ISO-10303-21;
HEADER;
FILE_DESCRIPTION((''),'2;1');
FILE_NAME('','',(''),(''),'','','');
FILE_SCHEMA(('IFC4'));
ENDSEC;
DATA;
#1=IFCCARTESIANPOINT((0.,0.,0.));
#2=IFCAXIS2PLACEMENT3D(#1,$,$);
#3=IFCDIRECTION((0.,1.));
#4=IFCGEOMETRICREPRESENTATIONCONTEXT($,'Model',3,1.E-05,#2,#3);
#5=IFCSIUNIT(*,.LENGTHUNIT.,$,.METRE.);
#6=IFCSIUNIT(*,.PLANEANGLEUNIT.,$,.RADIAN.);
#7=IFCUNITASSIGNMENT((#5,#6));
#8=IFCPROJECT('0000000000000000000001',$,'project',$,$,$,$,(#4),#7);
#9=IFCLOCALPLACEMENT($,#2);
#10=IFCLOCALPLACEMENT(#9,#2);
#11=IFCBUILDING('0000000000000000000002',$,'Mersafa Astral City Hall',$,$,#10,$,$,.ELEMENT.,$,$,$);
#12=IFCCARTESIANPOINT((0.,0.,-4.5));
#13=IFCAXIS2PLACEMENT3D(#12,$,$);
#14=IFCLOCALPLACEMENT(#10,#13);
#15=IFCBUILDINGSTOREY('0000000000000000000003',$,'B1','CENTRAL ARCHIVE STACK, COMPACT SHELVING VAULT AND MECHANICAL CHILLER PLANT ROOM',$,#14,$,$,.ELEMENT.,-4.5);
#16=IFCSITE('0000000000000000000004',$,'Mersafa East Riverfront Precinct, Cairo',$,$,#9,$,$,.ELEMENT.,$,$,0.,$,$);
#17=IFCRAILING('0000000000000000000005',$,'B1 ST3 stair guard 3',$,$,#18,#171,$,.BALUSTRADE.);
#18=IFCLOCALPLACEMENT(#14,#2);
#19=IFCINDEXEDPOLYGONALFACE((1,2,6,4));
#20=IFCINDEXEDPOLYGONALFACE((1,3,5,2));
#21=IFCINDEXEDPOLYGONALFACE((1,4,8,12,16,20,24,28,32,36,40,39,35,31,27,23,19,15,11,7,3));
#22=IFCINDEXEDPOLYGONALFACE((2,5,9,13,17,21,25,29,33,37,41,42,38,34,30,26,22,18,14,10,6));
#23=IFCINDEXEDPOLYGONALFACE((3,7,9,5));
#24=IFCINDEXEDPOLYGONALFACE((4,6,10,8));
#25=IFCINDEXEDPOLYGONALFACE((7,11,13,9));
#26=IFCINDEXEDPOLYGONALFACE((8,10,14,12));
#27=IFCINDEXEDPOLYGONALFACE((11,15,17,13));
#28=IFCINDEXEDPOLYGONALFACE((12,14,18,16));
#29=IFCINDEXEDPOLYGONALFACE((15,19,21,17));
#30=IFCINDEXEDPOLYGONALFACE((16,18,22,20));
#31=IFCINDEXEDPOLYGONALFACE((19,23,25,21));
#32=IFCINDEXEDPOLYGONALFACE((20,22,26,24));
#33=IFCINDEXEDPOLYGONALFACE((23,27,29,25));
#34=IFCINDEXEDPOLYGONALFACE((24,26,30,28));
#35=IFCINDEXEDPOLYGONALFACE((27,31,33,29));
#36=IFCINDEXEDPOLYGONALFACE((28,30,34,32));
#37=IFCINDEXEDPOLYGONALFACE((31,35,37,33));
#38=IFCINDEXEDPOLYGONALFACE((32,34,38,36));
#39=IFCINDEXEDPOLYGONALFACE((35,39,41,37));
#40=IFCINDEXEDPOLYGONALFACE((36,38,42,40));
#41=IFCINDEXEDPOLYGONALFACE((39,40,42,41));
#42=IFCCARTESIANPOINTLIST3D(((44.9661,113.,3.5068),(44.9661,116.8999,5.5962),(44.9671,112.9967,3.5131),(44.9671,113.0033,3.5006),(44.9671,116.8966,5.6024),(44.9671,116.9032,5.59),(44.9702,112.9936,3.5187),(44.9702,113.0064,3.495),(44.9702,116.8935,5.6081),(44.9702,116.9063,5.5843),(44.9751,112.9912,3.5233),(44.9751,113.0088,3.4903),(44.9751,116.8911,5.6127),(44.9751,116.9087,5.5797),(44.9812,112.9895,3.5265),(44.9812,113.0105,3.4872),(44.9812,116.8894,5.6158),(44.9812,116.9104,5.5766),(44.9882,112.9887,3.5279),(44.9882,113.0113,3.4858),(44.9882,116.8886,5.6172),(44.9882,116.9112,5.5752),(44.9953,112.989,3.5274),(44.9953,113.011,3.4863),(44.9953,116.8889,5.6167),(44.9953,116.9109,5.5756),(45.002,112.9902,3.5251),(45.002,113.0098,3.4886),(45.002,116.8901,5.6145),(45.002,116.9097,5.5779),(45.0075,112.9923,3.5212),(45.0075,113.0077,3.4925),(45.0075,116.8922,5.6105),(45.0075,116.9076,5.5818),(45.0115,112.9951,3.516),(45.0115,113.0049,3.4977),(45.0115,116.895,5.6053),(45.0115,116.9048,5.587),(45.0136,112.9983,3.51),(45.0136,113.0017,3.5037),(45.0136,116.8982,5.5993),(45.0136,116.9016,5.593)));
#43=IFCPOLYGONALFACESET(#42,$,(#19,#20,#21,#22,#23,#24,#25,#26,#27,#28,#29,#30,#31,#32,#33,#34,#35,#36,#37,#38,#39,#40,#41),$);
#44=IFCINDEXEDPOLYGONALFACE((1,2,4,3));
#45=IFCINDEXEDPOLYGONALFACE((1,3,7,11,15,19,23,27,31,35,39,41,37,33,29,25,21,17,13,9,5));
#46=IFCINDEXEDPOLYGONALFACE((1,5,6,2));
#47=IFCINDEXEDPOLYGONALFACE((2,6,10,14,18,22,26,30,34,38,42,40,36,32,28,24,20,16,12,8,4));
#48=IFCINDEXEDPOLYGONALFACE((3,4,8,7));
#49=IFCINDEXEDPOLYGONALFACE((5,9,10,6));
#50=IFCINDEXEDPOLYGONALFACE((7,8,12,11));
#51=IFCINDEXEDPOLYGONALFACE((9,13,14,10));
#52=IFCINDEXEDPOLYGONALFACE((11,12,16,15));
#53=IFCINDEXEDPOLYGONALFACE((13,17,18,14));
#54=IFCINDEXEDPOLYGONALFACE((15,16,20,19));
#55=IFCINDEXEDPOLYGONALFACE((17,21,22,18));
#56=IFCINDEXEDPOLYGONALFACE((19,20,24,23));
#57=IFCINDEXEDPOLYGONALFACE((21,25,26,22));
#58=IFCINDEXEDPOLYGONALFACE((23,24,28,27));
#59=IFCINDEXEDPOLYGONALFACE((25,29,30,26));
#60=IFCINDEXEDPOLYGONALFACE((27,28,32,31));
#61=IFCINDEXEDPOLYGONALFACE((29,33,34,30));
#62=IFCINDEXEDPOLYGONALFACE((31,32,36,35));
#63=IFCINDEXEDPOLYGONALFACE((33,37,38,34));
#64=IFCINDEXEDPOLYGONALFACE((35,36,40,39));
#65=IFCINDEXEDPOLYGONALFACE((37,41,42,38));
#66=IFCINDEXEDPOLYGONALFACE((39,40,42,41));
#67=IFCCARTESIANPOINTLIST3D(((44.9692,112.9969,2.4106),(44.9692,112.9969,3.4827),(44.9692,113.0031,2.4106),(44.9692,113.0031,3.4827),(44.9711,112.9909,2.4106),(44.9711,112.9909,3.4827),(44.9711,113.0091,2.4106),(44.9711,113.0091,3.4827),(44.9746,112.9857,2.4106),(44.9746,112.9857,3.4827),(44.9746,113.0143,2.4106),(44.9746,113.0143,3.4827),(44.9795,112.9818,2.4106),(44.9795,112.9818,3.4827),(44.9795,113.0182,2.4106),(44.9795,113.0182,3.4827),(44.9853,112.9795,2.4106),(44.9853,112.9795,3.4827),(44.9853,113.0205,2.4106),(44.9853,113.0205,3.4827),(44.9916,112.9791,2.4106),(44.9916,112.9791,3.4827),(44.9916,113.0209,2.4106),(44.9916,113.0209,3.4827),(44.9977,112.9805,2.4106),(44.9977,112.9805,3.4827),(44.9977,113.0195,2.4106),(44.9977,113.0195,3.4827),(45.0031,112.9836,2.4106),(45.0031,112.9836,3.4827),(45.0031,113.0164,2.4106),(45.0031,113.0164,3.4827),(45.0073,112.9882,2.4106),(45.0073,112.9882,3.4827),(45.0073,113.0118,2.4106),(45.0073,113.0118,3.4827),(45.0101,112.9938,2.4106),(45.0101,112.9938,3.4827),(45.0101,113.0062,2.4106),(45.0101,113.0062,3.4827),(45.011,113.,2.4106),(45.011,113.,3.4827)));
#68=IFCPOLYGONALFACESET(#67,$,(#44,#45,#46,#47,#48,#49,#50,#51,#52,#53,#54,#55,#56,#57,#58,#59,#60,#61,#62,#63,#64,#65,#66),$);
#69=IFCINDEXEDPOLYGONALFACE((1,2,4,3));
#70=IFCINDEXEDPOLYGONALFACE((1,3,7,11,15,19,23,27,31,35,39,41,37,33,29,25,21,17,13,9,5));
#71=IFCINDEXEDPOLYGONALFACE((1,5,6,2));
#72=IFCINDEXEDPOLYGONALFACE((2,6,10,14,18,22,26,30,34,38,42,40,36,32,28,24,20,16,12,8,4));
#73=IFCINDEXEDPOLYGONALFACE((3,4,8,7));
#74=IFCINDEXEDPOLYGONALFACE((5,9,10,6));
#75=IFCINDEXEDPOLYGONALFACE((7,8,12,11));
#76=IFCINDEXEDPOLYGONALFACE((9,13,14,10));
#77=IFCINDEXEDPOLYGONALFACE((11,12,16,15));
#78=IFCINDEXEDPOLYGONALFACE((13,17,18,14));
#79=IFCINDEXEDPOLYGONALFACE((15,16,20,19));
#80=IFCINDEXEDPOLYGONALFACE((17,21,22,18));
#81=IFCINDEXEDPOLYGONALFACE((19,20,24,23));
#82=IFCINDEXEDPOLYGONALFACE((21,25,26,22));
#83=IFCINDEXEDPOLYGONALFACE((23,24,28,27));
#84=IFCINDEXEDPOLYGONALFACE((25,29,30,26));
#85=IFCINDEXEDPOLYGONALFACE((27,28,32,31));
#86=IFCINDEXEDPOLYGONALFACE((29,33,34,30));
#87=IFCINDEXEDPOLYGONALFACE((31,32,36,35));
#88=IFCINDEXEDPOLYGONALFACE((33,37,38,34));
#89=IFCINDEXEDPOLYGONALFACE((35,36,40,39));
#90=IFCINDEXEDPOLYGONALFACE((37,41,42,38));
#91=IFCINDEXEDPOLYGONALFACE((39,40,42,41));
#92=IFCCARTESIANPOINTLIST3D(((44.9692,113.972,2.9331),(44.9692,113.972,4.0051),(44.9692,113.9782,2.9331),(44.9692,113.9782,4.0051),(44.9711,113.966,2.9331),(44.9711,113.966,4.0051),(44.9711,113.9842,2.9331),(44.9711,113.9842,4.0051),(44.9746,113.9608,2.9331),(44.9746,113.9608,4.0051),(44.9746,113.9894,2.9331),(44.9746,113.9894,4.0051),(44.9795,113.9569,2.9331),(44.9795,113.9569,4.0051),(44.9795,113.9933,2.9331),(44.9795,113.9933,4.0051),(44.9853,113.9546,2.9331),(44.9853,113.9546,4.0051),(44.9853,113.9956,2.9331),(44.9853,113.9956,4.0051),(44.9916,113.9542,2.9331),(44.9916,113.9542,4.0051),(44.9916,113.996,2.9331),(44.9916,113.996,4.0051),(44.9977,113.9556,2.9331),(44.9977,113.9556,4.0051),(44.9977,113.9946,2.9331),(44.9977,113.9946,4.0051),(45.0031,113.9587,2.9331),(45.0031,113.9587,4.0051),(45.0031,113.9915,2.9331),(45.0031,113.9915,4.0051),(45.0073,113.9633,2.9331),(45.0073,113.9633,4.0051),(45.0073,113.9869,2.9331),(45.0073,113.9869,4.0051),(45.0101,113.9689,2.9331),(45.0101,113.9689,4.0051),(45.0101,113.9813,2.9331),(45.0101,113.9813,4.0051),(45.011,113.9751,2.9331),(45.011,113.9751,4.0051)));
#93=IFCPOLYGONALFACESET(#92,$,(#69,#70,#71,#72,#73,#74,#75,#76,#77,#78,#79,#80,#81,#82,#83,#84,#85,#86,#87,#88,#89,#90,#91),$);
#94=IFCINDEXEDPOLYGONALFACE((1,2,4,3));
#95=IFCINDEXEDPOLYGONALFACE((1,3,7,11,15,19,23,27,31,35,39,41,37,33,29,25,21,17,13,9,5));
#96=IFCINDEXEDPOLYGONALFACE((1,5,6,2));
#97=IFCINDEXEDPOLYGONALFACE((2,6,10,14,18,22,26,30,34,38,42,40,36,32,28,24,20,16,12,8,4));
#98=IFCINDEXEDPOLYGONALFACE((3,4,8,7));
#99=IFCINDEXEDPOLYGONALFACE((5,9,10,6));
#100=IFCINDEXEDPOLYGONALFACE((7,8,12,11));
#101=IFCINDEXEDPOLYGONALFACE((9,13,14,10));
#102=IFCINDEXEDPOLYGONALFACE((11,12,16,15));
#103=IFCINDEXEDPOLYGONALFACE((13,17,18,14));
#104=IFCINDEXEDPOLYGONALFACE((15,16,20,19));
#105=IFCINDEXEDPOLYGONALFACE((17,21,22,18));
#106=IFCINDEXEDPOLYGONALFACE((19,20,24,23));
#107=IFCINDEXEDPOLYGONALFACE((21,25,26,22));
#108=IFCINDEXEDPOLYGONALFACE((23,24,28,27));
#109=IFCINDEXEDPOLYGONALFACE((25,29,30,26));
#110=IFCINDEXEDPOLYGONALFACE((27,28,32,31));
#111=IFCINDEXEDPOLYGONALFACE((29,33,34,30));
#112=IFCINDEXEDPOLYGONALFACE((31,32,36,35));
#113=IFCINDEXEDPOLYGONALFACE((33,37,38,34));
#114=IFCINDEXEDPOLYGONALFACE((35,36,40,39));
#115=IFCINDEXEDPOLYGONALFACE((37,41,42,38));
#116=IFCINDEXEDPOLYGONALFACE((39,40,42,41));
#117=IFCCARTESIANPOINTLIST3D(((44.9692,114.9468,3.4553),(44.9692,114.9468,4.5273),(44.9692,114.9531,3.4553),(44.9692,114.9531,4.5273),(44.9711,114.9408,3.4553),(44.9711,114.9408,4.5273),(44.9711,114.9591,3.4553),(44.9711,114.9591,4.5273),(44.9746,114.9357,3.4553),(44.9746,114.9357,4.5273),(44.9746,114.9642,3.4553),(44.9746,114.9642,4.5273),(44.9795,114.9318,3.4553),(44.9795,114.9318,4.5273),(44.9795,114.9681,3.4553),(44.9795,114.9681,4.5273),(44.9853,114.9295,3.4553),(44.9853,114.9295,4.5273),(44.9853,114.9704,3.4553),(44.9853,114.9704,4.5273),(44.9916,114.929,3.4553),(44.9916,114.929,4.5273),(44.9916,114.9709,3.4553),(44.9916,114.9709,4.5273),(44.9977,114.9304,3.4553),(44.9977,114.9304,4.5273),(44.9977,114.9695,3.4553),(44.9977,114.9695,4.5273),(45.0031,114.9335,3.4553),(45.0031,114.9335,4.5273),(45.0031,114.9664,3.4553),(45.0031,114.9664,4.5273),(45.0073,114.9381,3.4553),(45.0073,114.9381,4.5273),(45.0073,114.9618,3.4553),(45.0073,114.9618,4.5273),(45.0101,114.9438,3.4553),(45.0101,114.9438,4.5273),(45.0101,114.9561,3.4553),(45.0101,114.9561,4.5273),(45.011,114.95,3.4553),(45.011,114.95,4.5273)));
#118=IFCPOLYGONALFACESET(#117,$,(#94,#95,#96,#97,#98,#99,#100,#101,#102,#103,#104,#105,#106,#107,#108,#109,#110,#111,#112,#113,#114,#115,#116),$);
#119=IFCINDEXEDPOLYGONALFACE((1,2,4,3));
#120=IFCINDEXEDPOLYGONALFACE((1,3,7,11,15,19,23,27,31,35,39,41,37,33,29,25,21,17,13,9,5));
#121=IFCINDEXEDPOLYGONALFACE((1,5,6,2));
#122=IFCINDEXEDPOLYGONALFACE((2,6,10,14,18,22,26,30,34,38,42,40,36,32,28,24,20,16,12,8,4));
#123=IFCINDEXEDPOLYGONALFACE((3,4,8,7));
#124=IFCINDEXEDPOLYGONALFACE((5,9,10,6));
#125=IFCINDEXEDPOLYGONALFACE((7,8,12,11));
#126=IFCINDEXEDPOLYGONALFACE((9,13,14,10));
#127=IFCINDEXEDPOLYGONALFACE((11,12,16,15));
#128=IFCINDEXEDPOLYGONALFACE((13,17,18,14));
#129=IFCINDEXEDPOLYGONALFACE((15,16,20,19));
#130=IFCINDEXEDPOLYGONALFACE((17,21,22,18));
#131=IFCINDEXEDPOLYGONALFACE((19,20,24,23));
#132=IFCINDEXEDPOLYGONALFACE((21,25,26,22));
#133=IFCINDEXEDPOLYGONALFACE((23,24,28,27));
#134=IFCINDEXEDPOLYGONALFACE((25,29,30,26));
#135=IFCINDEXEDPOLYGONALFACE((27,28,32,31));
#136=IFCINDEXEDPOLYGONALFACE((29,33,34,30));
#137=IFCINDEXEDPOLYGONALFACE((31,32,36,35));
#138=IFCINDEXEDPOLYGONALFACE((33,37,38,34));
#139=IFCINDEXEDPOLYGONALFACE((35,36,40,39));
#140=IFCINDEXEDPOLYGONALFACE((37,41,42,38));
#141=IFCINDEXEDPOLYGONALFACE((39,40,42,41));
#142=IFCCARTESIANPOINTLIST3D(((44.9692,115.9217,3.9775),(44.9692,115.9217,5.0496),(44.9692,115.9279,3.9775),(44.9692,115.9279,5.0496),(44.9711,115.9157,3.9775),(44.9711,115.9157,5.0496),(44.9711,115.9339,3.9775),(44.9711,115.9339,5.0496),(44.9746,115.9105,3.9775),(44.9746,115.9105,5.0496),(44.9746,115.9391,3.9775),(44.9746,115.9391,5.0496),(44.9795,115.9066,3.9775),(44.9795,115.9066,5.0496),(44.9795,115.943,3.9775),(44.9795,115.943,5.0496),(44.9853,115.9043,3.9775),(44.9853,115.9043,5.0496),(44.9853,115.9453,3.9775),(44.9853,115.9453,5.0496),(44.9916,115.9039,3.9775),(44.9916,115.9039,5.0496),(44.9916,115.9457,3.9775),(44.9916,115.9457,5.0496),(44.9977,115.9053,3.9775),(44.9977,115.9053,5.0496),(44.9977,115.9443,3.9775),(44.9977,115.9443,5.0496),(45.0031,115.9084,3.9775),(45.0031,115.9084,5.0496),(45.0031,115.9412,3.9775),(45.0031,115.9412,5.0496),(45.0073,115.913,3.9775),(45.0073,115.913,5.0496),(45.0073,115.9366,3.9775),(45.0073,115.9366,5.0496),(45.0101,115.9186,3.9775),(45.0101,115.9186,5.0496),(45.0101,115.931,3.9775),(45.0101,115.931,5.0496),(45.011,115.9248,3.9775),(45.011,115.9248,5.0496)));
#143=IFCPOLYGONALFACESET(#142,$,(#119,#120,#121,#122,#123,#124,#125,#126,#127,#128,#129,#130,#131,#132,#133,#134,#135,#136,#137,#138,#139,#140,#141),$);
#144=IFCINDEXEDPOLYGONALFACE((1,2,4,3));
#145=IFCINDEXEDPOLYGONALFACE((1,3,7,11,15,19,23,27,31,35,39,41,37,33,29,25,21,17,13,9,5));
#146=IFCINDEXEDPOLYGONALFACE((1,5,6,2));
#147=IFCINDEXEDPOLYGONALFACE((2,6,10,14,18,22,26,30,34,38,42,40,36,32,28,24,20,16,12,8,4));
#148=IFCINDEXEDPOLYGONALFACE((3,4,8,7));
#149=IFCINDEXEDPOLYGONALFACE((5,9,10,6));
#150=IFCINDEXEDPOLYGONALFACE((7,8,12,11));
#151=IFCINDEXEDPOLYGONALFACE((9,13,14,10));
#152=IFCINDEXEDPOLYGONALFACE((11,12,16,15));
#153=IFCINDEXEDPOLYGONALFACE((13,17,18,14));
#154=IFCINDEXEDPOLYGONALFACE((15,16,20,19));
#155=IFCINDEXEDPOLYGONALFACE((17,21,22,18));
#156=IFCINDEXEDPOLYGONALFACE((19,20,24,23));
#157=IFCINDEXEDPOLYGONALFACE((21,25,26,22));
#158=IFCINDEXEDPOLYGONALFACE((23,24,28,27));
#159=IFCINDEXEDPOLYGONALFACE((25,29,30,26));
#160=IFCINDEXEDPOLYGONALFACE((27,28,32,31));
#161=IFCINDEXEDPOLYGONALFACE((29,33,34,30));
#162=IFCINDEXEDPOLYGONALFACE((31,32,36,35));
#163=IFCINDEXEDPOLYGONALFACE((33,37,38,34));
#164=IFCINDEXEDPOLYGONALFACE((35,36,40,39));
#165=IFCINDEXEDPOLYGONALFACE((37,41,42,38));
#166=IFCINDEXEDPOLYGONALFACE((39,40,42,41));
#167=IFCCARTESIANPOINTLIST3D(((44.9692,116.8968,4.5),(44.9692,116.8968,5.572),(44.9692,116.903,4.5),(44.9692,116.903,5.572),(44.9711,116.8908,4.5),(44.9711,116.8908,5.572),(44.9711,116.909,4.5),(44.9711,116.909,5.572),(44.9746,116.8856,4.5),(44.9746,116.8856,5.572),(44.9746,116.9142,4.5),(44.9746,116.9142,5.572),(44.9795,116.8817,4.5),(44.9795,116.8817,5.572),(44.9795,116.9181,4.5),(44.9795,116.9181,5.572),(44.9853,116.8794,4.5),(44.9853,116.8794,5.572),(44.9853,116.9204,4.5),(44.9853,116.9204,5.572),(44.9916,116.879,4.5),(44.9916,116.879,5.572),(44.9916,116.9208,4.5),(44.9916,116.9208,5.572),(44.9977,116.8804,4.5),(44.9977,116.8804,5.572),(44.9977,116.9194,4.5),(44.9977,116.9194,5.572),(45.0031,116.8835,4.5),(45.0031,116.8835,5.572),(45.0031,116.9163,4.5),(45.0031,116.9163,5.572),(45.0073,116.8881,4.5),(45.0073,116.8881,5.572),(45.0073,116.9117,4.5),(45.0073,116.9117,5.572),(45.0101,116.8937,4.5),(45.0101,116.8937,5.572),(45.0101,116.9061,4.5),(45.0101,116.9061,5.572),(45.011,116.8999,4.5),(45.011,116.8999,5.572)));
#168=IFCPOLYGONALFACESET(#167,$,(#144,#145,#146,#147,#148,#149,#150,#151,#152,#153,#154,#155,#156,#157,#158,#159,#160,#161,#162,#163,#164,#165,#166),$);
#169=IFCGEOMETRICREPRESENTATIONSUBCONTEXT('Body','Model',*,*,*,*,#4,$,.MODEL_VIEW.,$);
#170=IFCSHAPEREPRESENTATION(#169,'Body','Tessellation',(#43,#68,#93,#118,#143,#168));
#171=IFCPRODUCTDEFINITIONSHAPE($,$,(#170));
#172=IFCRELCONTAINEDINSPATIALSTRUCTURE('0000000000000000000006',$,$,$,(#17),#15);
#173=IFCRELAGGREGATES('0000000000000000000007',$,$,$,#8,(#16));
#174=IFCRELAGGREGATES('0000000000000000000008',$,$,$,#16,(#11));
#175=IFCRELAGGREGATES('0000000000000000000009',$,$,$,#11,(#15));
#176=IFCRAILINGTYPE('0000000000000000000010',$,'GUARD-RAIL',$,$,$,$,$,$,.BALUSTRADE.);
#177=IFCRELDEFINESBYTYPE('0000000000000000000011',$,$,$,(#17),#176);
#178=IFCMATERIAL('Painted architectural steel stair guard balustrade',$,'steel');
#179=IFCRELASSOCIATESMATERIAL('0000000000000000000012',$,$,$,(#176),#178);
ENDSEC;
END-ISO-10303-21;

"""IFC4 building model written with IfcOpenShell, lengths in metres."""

from ifc_helpers import new_model, si_unit, direction, frame, origin, origin_2d, place, context, subcontext, project, spatial, circle, extrude, material, type_object, element, save


model = new_model("IFC4")

# Units and contexts
model_context = context("Model", 3, precision=1e-05, world=origin(), true_north=direction((0.0, 1.0)))
body_context = subcontext(model_context, "Body", "Model", "MODEL_VIEW")
ifc_project = project(units=[si_unit("LENGTHUNIT", "METRE"), si_unit("PLANEANGLEUNIT", "RADIAN")], contexts=[model_context])

# Site, building, storey
site_placement = place(None, origin())
site = spatial("IfcSite", under=ifc_project, at=site_placement, Name="Mersafa East Riverfront Precinct, Cairo", CompositionType="ELEMENT", RefElevation=0.0)
building_placement = place(site_placement, origin())
building = spatial("IfcBuilding", under=site, at=building_placement, Name="Mersafa Astral City Hall", CompositionType="ELEMENT")
storey_placement = place(building_placement, frame((0.0, 0.0, -4.5)))
storey = spatial("IfcBuildingStorey", under=building, at=storey_placement, Name="B1", Description="CENTRAL ARCHIVE STACK, COMPACT SHELVING VAULT AND MECHANICAL CHILLER PLANT ROOM", CompositionType="ELEMENT", Elevation=-4.5)

# Railing
ifc_material_1 = material(Name="Painted architectural steel stair guard balustrade", Category="steel")
railing_type_1 = type_object("IfcRailingType", Name="GUARD-RAIL", PredefinedType="BALUSTRADE", material=ifc_material_1)
railing_1_placement = place(storey_placement, frame((44.99, 113.0, 2.4106)))
element("IfcRailing", 1, at=railing_1_placement, inside=storey, type_object=railing_type_1, Name="B1 ST3 stair guard 3", PredefinedType="BALUSTRADE", context=body_context, shape_type="SweptSolid", body=[
    extrude(circle(Radius=0.0239, at=origin_2d()), frame((0.0, 0.0, 1.0962), z_axis=(0.0, 0.881468, 0.472243), x_axis=(-1.0, 0.0, 0.0)), (0.0, 0.0, 1.0), 4.4243),
    extrude(circle(Radius=0.021, at=origin_2d()), origin(), (0.0, 0.0, 1.0), 1.072),
    extrude(circle(Radius=0.021, at=origin_2d()), frame((0.0, 0.9751, 0.5225)), (0.0, 0.0, 1.0), 1.072),
    extrude(circle(Radius=0.021, at=origin_2d()), frame((0.0, 1.95, 1.0447)), (0.0, 0.0, 1.0), 1.072),
    extrude(circle(Radius=0.021, at=origin_2d()), frame((0.0, 2.9248, 1.5669)), (0.0, 0.0, 1.0), 1.072),
    extrude(circle(Radius=0.021, at=origin_2d()), frame((0.0, 3.8999, 2.0894)), (0.0, 0.0, 1.0), 1.072),
])

save(model, "model.ifc")
